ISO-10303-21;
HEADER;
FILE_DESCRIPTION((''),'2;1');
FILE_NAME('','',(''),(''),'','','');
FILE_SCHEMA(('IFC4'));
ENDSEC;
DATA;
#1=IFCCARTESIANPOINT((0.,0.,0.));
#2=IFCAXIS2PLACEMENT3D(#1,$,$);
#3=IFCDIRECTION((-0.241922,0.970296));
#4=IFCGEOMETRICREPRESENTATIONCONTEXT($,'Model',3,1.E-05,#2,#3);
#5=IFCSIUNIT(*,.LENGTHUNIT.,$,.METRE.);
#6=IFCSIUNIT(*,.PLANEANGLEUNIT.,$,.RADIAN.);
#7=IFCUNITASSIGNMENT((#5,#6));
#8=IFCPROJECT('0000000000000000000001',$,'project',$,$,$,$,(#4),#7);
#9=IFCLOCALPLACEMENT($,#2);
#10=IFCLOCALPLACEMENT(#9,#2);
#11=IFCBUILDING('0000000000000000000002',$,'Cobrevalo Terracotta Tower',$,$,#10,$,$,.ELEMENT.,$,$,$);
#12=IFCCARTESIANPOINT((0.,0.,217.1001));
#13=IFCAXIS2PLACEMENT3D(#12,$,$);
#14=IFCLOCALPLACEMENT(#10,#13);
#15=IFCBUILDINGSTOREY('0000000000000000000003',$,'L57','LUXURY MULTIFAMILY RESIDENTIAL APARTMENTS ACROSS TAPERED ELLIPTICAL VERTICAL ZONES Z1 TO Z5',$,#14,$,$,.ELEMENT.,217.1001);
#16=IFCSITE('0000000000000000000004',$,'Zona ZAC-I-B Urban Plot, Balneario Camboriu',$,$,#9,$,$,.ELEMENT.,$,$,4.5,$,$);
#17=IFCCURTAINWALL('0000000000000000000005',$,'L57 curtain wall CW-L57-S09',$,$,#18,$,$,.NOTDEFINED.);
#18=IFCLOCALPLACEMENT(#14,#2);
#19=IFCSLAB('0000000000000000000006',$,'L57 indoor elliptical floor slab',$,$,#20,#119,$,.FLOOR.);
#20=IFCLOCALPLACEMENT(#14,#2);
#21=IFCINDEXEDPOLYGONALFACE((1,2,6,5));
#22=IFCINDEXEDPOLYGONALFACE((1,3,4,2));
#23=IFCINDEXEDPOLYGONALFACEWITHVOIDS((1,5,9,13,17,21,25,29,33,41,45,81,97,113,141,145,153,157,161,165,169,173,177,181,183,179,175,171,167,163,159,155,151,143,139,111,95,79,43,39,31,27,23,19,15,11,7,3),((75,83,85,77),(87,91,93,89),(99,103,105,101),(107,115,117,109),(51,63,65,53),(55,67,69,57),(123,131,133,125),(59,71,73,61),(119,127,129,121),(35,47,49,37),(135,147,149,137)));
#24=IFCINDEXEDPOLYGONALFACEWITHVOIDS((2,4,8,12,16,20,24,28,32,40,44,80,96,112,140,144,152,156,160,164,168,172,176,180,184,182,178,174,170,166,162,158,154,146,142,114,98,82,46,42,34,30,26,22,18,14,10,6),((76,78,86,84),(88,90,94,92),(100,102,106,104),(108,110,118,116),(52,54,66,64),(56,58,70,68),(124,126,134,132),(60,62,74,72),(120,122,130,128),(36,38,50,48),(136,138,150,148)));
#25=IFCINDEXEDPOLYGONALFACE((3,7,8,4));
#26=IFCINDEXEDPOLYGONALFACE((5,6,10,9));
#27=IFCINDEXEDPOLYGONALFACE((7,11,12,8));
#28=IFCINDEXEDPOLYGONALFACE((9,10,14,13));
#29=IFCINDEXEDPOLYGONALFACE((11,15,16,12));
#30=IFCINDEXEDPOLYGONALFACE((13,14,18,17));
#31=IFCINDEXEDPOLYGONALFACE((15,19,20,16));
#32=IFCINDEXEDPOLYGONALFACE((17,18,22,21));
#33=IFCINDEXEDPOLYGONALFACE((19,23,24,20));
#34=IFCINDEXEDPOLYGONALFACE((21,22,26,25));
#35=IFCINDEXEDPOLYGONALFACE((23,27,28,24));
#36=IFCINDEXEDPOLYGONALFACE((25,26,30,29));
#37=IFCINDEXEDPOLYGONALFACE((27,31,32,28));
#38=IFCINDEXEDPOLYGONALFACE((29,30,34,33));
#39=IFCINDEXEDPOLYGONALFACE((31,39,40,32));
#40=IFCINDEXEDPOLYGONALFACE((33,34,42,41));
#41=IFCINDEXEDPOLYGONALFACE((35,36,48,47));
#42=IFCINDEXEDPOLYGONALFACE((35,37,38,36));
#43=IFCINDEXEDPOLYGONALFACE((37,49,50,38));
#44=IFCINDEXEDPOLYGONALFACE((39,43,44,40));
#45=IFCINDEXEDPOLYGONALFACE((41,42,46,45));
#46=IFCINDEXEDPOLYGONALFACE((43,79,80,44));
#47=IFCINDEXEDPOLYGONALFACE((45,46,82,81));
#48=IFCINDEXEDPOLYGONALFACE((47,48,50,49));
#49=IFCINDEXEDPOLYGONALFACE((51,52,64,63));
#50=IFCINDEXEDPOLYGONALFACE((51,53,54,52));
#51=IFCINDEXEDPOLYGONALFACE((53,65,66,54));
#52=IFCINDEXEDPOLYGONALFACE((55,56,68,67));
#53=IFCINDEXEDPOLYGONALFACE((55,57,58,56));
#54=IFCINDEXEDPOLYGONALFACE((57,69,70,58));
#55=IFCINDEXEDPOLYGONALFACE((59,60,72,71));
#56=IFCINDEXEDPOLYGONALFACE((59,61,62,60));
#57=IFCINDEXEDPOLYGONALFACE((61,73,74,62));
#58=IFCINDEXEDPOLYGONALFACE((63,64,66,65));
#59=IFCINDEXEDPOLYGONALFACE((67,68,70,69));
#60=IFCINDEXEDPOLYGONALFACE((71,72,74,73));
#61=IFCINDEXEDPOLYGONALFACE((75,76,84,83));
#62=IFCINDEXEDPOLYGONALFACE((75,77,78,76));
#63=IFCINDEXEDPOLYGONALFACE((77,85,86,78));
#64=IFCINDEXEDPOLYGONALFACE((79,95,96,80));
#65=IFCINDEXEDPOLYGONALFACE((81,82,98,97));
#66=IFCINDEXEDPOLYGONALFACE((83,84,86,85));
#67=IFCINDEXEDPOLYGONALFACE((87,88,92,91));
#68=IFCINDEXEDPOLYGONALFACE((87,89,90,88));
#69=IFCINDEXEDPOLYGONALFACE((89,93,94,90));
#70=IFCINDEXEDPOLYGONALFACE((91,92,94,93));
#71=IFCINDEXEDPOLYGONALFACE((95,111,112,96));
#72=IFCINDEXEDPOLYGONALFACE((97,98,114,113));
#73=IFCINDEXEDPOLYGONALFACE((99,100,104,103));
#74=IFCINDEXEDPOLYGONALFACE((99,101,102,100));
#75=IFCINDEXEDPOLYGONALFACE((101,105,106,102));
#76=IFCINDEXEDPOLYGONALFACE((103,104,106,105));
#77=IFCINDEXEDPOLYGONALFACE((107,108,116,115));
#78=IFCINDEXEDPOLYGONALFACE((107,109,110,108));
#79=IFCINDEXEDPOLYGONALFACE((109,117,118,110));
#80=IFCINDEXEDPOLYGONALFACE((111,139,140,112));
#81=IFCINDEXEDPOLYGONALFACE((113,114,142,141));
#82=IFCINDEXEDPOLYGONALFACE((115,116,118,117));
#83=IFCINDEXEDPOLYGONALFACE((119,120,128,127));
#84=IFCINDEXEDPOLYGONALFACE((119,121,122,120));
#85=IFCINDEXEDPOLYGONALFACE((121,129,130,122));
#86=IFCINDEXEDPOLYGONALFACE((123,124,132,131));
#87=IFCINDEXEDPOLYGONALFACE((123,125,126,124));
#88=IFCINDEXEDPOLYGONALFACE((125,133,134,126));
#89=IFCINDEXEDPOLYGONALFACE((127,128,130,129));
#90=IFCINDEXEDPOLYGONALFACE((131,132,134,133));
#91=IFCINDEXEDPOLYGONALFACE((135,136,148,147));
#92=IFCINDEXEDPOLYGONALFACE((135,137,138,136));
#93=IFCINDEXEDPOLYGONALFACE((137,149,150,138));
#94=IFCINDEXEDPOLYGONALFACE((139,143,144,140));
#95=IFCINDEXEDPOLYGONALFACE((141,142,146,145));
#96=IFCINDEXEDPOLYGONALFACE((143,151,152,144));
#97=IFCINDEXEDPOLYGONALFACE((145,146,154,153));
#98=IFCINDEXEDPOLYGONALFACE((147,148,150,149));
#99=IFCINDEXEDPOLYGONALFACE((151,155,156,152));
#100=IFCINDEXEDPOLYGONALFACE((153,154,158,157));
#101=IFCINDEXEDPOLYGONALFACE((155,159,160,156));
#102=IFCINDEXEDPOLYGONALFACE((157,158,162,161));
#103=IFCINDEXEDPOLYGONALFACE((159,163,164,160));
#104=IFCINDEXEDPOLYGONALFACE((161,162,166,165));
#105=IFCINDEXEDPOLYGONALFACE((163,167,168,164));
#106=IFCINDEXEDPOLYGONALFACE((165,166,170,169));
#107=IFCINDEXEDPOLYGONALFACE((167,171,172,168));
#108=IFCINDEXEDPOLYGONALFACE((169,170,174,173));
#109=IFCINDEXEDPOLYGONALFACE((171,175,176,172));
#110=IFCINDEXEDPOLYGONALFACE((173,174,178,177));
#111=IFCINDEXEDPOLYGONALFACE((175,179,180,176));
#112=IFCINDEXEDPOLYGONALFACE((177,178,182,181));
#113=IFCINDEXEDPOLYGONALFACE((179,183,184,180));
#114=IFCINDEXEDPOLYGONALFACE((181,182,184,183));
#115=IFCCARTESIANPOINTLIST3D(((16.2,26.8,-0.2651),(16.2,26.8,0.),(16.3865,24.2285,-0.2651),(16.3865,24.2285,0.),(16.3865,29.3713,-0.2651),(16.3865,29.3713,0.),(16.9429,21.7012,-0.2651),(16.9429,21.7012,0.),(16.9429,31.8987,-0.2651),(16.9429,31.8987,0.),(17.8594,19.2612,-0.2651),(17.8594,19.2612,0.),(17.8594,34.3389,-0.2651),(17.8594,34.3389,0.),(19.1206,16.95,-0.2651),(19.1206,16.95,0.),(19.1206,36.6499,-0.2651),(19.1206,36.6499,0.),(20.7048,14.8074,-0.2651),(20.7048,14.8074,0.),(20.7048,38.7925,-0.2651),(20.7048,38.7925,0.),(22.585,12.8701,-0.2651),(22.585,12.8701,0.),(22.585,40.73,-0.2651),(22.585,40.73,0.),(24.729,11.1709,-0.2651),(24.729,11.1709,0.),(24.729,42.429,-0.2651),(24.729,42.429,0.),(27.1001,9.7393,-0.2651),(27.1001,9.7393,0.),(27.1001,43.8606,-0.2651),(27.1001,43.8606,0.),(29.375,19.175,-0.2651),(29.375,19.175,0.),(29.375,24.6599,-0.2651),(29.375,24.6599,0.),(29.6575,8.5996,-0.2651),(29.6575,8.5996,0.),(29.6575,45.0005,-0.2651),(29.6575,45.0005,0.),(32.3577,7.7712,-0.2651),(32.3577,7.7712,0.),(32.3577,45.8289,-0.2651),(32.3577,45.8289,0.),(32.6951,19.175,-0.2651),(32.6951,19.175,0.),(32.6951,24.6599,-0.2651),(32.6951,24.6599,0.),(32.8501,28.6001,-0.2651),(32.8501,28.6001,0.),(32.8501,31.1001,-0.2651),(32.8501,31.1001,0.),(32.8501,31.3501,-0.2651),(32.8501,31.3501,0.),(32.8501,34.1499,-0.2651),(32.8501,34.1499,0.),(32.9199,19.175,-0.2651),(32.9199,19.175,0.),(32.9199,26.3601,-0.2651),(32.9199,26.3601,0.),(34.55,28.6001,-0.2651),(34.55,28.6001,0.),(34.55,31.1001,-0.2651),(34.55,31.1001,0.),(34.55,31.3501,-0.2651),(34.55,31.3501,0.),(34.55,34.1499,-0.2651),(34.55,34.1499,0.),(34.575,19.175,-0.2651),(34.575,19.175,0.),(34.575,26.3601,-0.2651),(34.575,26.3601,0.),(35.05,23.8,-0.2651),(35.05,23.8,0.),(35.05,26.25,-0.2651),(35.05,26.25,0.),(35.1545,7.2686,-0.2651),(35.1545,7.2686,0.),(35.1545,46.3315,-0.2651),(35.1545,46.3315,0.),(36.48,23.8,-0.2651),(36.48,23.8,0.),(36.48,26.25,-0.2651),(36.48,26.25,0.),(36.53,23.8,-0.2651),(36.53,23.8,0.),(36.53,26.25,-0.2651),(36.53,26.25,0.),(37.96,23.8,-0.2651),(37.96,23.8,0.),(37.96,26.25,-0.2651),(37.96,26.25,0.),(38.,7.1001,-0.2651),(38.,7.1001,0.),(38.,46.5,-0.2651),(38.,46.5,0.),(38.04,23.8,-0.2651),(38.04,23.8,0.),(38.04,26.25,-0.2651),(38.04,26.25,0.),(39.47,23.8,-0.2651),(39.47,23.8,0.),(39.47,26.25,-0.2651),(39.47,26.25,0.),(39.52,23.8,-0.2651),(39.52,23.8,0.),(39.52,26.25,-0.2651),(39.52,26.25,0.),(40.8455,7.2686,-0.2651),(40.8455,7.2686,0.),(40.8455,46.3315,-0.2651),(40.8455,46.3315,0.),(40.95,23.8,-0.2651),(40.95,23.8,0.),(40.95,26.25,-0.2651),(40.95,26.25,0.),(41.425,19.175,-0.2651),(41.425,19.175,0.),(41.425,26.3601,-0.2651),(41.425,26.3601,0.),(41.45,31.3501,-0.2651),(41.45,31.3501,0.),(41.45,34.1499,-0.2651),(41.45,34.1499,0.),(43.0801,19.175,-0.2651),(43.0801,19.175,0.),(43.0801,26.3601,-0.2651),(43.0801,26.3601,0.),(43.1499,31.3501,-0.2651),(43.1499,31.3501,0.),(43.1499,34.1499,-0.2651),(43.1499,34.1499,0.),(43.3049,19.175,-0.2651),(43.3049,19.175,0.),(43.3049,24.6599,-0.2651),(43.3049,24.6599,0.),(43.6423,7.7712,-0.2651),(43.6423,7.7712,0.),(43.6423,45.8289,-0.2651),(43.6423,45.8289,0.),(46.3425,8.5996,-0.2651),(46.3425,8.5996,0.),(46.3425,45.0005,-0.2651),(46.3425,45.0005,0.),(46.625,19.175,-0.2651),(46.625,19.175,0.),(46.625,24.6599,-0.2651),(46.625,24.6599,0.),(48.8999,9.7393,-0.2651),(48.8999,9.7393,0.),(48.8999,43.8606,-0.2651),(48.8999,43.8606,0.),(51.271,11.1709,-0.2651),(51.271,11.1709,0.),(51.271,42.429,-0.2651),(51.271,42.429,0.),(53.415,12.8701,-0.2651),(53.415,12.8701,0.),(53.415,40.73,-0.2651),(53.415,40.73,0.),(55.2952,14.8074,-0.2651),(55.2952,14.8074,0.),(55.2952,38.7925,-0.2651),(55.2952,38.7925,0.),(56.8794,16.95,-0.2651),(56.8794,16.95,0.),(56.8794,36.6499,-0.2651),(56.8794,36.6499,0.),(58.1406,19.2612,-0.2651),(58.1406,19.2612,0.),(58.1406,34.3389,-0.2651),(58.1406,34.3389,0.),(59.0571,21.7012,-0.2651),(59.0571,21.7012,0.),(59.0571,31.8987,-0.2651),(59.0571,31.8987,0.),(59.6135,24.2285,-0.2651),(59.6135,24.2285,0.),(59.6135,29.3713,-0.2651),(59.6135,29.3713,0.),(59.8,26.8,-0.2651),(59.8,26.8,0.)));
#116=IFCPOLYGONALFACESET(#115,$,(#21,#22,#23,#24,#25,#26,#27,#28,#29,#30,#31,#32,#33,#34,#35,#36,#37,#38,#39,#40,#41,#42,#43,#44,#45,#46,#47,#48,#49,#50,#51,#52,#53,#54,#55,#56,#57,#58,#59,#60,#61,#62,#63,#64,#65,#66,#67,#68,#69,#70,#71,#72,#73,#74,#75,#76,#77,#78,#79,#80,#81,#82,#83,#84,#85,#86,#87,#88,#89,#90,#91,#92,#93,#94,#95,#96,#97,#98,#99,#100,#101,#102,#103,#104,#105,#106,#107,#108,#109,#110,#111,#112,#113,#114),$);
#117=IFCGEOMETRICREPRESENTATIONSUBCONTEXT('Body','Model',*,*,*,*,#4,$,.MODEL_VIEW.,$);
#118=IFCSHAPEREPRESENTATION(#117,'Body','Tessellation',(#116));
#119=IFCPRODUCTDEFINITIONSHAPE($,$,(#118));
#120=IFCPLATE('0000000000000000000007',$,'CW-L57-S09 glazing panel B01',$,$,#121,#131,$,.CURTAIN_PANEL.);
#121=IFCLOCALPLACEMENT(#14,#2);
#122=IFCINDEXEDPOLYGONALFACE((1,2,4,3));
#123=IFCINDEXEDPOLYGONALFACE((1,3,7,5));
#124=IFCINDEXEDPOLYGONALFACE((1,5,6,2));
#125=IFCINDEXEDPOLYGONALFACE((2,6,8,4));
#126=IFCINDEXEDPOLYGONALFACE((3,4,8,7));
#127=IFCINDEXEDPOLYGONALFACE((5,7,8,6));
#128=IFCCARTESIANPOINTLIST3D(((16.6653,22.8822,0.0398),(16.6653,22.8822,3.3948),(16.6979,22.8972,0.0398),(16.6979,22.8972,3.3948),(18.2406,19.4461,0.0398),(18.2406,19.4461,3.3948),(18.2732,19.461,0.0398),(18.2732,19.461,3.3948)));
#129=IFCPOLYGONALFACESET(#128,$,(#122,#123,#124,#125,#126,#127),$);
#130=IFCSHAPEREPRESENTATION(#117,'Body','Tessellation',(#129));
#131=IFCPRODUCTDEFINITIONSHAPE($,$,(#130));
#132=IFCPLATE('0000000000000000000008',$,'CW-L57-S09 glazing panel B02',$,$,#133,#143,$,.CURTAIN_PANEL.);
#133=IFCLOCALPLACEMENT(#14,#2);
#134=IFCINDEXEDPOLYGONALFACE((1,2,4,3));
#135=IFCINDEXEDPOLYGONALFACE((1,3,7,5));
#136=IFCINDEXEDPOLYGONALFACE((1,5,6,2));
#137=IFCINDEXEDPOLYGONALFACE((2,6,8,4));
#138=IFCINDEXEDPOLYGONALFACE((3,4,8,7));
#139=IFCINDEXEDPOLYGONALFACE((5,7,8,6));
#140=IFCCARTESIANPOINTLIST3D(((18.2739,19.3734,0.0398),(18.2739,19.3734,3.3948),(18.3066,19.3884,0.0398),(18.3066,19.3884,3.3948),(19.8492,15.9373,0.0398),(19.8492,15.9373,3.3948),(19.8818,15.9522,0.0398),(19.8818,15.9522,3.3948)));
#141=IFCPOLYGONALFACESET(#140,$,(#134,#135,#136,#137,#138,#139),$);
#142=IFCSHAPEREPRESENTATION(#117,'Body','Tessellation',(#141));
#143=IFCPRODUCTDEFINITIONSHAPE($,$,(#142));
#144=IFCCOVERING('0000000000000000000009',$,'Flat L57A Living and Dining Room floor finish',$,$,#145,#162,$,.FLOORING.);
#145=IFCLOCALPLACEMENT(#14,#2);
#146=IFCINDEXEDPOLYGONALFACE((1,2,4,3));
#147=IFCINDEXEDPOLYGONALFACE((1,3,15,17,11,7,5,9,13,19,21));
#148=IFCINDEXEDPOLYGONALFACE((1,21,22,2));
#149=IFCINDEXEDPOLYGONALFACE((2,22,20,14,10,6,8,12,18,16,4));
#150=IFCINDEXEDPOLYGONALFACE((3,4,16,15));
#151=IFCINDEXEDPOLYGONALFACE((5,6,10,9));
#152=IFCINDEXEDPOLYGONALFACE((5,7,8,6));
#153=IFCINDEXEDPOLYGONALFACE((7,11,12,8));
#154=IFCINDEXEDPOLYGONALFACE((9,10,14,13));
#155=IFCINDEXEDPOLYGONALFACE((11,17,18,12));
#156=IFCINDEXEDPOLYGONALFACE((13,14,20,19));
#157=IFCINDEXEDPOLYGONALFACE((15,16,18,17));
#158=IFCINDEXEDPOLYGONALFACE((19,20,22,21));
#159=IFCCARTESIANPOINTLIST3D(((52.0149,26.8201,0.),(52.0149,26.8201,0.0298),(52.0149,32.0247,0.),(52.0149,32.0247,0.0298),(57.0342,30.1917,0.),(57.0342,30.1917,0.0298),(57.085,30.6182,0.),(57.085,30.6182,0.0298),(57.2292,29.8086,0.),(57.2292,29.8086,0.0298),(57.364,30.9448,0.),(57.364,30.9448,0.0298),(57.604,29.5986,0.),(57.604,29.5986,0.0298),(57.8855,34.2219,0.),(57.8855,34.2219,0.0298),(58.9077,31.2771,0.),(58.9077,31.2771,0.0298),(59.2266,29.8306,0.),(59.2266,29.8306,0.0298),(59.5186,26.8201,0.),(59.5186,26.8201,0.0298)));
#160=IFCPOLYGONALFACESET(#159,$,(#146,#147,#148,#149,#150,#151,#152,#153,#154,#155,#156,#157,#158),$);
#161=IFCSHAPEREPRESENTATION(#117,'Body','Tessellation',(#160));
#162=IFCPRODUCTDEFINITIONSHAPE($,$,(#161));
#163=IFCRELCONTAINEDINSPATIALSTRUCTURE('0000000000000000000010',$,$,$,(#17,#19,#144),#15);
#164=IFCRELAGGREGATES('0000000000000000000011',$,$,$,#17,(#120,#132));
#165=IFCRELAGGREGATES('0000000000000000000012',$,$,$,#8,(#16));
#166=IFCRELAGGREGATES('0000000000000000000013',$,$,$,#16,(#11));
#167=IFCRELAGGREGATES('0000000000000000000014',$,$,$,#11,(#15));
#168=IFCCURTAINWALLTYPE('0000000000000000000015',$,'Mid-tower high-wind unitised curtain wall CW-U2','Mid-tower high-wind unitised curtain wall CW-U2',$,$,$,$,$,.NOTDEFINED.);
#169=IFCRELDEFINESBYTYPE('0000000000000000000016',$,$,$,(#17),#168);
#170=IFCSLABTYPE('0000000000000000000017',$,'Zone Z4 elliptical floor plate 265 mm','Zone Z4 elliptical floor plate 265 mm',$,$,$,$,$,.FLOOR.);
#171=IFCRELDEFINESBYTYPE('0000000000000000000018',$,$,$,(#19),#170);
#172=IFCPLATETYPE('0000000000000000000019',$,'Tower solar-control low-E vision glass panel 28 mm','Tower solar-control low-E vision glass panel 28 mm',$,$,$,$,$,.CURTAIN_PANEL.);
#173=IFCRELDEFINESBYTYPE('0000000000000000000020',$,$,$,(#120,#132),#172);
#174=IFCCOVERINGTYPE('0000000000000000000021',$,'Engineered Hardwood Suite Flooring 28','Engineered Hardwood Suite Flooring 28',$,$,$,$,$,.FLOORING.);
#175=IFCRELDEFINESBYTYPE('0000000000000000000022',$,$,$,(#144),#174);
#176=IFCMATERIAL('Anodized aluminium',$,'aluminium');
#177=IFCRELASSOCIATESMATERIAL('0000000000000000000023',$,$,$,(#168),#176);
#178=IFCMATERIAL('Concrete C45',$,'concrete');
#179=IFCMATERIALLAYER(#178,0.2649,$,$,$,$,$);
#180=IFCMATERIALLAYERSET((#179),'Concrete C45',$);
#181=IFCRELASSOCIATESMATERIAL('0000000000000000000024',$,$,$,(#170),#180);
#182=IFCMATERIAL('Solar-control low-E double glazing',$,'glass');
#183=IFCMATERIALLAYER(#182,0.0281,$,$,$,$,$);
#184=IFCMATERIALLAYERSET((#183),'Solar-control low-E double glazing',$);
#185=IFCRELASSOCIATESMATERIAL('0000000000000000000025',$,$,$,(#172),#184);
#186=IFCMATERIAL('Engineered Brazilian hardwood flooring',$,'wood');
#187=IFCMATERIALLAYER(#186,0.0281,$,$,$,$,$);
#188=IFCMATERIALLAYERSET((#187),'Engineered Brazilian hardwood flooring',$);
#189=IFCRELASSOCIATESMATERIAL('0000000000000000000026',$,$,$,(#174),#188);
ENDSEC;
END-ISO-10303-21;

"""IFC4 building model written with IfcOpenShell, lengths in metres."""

from ifc_helpers import new_model, si_unit, direction, frame, origin, origin_2d, place, context, subcontext, project, spatial, polyline, rectangle, outline, extrude, source, transform, mapped, material, layer, layer_set, type_object, element, aggregate, save


model = new_model("IFC4")

# Units and contexts
model_context = context("Model", 3, precision=1e-05, world=origin(), true_north=direction((-0.241922, 0.970296)))
body_context = subcontext(model_context, "Body", "Model", "MODEL_VIEW")
ifc_project = project(units=[si_unit("LENGTHUNIT", "METRE"), si_unit("PLANEANGLEUNIT", "RADIAN")], contexts=[model_context])

# Site, building, storey
site_placement = place(None, origin())
site = spatial("IfcSite", under=ifc_project, at=site_placement, Name="Zona ZAC-I-B Urban Plot, Balneario Camboriu", CompositionType="ELEMENT", RefElevation=4.5)
building_placement = place(site_placement, origin())
building = spatial("IfcBuilding", under=site, at=building_placement, Name="Cobrevalo Terracotta Tower", CompositionType="ELEMENT")
storey_placement = place(building_placement, frame((0.0, 0.0, 217.1001)))
storey = spatial("IfcBuildingStorey", under=building, at=storey_placement, Name="L57", Description="LUXURY MULTIFAMILY RESIDENTIAL APARTMENTS ACROSS TAPERED ELLIPTICAL VERTICAL ZONES Z1 TO Z5", CompositionType="ELEMENT", Elevation=217.1001)

# Curtain wall
ifc_material_1 = material(Name="Anodized aluminium", Category="aluminium")
curtain_wall_type = type_object("IfcCurtainWallType", Name="Mid-tower high-wind unitised curtain wall CW-U2", Description="Mid-tower high-wind unitised curtain wall CW-U2", PredefinedType="NOTDEFINED", material=ifc_material_1)
curtain_wall_1_placement = place(storey_placement, origin())
curtain_wall_1 = element("IfcCurtainWall", 1, at=curtain_wall_1_placement, inside=storey, type_object=curtain_wall_type, Name="L57 curtain wall CW-L57-S09", PredefinedType="NOTDEFINED")

# Slab
ifc_material_2 = material(Name="Concrete C45", Category="concrete")
ifc_layer_1 = layer(ifc_material_2, 0.2649)
ifc_layer_set_1 = layer_set([ifc_layer_1], Name="Concrete C45")
slab_type_1 = type_object("IfcSlabType", Name="Zone Z4 elliptical floor plate 265 mm", Description="Zone Z4 elliptical floor plate 265 mm", PredefinedType="FLOOR", material=ifc_layer_set_1)
slab_1_placement = place(storey_placement, frame((0.0, 0.0, -0.2651)))
element("IfcSlab", 2, at=slab_1_placement, inside=storey, type_object=slab_type_1, Name="L57 indoor elliptical floor slab", PredefinedType="FLOOR", context=body_context, shape_type="SweptSolid", body=[
    extrude(outline(polyline([(59.6135, 24.2285), (59.0571, 21.7012), (58.1406, 19.2612), (56.8794, 16.95), (55.2952, 14.8074), (53.415, 12.8701), (51.271, 11.1709), (48.8999, 9.7393), (46.3425, 8.5996), (43.6423, 7.7712), (40.8455, 7.2686), (38.0, 7.1001), (35.1545, 7.2686), (32.3577, 7.7712), (29.6575, 8.5996), (27.1001, 9.7393), (24.729, 11.1709), (22.585, 12.8701), (20.7048, 14.8074), (19.1206, 16.95), (17.8594, 19.2612), (16.9429, 21.7012), (16.3865, 24.2285), (16.2, 26.8), (16.3865, 29.3713), (16.9429, 31.8987), (17.8594, 34.3389), (19.1206, 36.6499), (20.7048, 38.7925), (22.585, 40.73), (24.729, 42.429), (27.1001, 43.8606), (29.6575, 45.0005), (32.3577, 45.8289), (35.1545, 46.3315), (38.0, 46.5), (40.8455, 46.3315), (43.6423, 45.8289), (46.3425, 45.0005), (48.8999, 43.8606), (51.271, 42.429), (53.415, 40.73), (55.2952, 38.7925), (56.8794, 36.6499), (58.1406, 34.3389), (59.0571, 31.8987), (59.6135, 29.3713), (59.8, 26.8), (59.6135, 24.2285)]), holes=[polyline([(32.6951, 19.175), (32.6951, 24.6599), (29.375, 24.6599), (29.375, 19.175), (32.6951, 19.175)]), polyline([(34.575, 26.3601), (32.9199, 26.3601), (32.9199, 19.175), (34.575, 19.175), (34.575, 26.3601)]), polyline([(36.48, 26.25), (35.05, 26.25), (35.05, 23.8), (36.48, 23.8), (36.48, 26.25)]), polyline([(37.96, 23.8), (37.96, 26.25), (36.53, 26.25), (36.53, 23.8), (37.96, 23.8)]), polyline([(34.55, 28.6001), (34.55, 31.1001), (32.8501, 31.1001), (32.8501, 28.6001), (34.55, 28.6001)]), polyline([(34.55, 34.1499), (32.8501, 34.1499), (32.8501, 31.3501), (34.55, 31.3501), (34.55, 34.1499)]), polyline([(43.3049, 19.175), (46.625, 19.175), (46.625, 24.6599), (43.3049, 24.6599), (43.3049, 19.175)]), polyline([(43.0801, 19.175), (43.0801, 26.3601), (41.425, 26.3601), (41.425, 19.175), (43.0801, 19.175)]), polyline([(39.47, 26.25), (38.04, 26.25), (38.04, 23.8), (39.47, 23.8), (39.47, 26.25)]), polyline([(40.95, 23.8), (40.95, 26.25), (39.52, 26.25), (39.52, 23.8), (40.95, 23.8)]), polyline([(43.1499, 31.3501), (43.1499, 34.1499), (41.45, 34.1499), (41.45, 31.3501), (43.1499, 31.3501)])]), origin(), (0.0, 0.0, 1.0), 0.2651),
])

# Plates
ifc_material_3 = material(Name="Solar-control low-E double glazing", Category="glass")
ifc_layer_2 = layer(ifc_material_3, 0.0281)
ifc_layer_set_2 = layer_set([ifc_layer_2], Name="Solar-control low-E double glazing")
plate_type = type_object("IfcPlateType", Name="Tower solar-control low-E vision glass panel 28 mm", Description="Tower solar-control low-E vision glass panel 28 mm", PredefinedType="CURTAIN_PANEL", material=ifc_layer_set_2)
shared_shape_1 = source(origin(), body_context, "Body", "SweptSolid", [
    extrude(rectangle(XDim=3.78, YDim=0.0359, at=origin_2d()), origin(), (0.0, 0.0, 1.0), 3.355),
])
plate_1_placement = place(storey_placement, frame((17.4692, 21.1716, 0.0398), z_axis=(0.0, 0.0, 1.0), x_axis=(0.416731, -0.90903, 0.0)))
plate_1 = element("IfcPlate", 3, at=plate_1_placement, type_object=plate_type, Name="CW-L57-S09 glazing panel B01", PredefinedType="CURTAIN_PANEL", context=body_context, shape_type="MappedRepresentation", body=[
    mapped(shared_shape_1, transform((0.0, 0.0, 0.0), scale=1.0)),
])
plate_2_placement = place(storey_placement, frame((19.0779, 17.6628, 0.0398), z_axis=(0.0, 0.0, 1.0), x_axis=(0.416731, -0.90903, 0.0)))
plate_2 = element("IfcPlate", 4, at=plate_2_placement, type_object=plate_type, Name="CW-L57-S09 glazing panel B02", PredefinedType="CURTAIN_PANEL", context=body_context, shape_type="MappedRepresentation", body=[
    mapped(shared_shape_1, transform((0.0, 0.0, 0.0), scale=1.0)),
])
aggregate(curtain_wall_1, [plate_1, plate_2])

# Covering
ifc_material_4 = material(Name="Engineered Brazilian hardwood flooring", Category="wood")
ifc_layer_3 = layer(ifc_material_4, 0.0281)
ifc_layer_set_3 = layer_set([ifc_layer_3], Name="Engineered Brazilian hardwood flooring")
covering_type_1 = type_object("IfcCoveringType", Name="Engineered Hardwood Suite Flooring 28", Description="Engineered Hardwood Suite Flooring 28", PredefinedType="FLOORING", material=ifc_layer_set_3)
covering_1_placement = place(storey_placement, origin())
element("IfcCovering", 5, at=covering_1_placement, inside=storey, type_object=covering_type_1, Name="Flat L57A Living and Dining Room floor finish", PredefinedType="FLOORING", context=body_context, shape_type="SweptSolid", body=[
    extrude(outline(polyline([(57.8855, 34.2219), (58.9077, 31.2771), (57.364, 30.9448), (57.085, 30.6182), (57.0342, 30.1917), (57.2292, 29.8086), (57.604, 29.5986), (59.2266, 29.8306), (59.5186, 26.8201), (52.0149, 26.8201), (52.0149, 32.0247), (57.8855, 34.2219)])), origin(), (0.0, 0.0, 1.0), 0.0298),
])

save(model, "model.ifc")
